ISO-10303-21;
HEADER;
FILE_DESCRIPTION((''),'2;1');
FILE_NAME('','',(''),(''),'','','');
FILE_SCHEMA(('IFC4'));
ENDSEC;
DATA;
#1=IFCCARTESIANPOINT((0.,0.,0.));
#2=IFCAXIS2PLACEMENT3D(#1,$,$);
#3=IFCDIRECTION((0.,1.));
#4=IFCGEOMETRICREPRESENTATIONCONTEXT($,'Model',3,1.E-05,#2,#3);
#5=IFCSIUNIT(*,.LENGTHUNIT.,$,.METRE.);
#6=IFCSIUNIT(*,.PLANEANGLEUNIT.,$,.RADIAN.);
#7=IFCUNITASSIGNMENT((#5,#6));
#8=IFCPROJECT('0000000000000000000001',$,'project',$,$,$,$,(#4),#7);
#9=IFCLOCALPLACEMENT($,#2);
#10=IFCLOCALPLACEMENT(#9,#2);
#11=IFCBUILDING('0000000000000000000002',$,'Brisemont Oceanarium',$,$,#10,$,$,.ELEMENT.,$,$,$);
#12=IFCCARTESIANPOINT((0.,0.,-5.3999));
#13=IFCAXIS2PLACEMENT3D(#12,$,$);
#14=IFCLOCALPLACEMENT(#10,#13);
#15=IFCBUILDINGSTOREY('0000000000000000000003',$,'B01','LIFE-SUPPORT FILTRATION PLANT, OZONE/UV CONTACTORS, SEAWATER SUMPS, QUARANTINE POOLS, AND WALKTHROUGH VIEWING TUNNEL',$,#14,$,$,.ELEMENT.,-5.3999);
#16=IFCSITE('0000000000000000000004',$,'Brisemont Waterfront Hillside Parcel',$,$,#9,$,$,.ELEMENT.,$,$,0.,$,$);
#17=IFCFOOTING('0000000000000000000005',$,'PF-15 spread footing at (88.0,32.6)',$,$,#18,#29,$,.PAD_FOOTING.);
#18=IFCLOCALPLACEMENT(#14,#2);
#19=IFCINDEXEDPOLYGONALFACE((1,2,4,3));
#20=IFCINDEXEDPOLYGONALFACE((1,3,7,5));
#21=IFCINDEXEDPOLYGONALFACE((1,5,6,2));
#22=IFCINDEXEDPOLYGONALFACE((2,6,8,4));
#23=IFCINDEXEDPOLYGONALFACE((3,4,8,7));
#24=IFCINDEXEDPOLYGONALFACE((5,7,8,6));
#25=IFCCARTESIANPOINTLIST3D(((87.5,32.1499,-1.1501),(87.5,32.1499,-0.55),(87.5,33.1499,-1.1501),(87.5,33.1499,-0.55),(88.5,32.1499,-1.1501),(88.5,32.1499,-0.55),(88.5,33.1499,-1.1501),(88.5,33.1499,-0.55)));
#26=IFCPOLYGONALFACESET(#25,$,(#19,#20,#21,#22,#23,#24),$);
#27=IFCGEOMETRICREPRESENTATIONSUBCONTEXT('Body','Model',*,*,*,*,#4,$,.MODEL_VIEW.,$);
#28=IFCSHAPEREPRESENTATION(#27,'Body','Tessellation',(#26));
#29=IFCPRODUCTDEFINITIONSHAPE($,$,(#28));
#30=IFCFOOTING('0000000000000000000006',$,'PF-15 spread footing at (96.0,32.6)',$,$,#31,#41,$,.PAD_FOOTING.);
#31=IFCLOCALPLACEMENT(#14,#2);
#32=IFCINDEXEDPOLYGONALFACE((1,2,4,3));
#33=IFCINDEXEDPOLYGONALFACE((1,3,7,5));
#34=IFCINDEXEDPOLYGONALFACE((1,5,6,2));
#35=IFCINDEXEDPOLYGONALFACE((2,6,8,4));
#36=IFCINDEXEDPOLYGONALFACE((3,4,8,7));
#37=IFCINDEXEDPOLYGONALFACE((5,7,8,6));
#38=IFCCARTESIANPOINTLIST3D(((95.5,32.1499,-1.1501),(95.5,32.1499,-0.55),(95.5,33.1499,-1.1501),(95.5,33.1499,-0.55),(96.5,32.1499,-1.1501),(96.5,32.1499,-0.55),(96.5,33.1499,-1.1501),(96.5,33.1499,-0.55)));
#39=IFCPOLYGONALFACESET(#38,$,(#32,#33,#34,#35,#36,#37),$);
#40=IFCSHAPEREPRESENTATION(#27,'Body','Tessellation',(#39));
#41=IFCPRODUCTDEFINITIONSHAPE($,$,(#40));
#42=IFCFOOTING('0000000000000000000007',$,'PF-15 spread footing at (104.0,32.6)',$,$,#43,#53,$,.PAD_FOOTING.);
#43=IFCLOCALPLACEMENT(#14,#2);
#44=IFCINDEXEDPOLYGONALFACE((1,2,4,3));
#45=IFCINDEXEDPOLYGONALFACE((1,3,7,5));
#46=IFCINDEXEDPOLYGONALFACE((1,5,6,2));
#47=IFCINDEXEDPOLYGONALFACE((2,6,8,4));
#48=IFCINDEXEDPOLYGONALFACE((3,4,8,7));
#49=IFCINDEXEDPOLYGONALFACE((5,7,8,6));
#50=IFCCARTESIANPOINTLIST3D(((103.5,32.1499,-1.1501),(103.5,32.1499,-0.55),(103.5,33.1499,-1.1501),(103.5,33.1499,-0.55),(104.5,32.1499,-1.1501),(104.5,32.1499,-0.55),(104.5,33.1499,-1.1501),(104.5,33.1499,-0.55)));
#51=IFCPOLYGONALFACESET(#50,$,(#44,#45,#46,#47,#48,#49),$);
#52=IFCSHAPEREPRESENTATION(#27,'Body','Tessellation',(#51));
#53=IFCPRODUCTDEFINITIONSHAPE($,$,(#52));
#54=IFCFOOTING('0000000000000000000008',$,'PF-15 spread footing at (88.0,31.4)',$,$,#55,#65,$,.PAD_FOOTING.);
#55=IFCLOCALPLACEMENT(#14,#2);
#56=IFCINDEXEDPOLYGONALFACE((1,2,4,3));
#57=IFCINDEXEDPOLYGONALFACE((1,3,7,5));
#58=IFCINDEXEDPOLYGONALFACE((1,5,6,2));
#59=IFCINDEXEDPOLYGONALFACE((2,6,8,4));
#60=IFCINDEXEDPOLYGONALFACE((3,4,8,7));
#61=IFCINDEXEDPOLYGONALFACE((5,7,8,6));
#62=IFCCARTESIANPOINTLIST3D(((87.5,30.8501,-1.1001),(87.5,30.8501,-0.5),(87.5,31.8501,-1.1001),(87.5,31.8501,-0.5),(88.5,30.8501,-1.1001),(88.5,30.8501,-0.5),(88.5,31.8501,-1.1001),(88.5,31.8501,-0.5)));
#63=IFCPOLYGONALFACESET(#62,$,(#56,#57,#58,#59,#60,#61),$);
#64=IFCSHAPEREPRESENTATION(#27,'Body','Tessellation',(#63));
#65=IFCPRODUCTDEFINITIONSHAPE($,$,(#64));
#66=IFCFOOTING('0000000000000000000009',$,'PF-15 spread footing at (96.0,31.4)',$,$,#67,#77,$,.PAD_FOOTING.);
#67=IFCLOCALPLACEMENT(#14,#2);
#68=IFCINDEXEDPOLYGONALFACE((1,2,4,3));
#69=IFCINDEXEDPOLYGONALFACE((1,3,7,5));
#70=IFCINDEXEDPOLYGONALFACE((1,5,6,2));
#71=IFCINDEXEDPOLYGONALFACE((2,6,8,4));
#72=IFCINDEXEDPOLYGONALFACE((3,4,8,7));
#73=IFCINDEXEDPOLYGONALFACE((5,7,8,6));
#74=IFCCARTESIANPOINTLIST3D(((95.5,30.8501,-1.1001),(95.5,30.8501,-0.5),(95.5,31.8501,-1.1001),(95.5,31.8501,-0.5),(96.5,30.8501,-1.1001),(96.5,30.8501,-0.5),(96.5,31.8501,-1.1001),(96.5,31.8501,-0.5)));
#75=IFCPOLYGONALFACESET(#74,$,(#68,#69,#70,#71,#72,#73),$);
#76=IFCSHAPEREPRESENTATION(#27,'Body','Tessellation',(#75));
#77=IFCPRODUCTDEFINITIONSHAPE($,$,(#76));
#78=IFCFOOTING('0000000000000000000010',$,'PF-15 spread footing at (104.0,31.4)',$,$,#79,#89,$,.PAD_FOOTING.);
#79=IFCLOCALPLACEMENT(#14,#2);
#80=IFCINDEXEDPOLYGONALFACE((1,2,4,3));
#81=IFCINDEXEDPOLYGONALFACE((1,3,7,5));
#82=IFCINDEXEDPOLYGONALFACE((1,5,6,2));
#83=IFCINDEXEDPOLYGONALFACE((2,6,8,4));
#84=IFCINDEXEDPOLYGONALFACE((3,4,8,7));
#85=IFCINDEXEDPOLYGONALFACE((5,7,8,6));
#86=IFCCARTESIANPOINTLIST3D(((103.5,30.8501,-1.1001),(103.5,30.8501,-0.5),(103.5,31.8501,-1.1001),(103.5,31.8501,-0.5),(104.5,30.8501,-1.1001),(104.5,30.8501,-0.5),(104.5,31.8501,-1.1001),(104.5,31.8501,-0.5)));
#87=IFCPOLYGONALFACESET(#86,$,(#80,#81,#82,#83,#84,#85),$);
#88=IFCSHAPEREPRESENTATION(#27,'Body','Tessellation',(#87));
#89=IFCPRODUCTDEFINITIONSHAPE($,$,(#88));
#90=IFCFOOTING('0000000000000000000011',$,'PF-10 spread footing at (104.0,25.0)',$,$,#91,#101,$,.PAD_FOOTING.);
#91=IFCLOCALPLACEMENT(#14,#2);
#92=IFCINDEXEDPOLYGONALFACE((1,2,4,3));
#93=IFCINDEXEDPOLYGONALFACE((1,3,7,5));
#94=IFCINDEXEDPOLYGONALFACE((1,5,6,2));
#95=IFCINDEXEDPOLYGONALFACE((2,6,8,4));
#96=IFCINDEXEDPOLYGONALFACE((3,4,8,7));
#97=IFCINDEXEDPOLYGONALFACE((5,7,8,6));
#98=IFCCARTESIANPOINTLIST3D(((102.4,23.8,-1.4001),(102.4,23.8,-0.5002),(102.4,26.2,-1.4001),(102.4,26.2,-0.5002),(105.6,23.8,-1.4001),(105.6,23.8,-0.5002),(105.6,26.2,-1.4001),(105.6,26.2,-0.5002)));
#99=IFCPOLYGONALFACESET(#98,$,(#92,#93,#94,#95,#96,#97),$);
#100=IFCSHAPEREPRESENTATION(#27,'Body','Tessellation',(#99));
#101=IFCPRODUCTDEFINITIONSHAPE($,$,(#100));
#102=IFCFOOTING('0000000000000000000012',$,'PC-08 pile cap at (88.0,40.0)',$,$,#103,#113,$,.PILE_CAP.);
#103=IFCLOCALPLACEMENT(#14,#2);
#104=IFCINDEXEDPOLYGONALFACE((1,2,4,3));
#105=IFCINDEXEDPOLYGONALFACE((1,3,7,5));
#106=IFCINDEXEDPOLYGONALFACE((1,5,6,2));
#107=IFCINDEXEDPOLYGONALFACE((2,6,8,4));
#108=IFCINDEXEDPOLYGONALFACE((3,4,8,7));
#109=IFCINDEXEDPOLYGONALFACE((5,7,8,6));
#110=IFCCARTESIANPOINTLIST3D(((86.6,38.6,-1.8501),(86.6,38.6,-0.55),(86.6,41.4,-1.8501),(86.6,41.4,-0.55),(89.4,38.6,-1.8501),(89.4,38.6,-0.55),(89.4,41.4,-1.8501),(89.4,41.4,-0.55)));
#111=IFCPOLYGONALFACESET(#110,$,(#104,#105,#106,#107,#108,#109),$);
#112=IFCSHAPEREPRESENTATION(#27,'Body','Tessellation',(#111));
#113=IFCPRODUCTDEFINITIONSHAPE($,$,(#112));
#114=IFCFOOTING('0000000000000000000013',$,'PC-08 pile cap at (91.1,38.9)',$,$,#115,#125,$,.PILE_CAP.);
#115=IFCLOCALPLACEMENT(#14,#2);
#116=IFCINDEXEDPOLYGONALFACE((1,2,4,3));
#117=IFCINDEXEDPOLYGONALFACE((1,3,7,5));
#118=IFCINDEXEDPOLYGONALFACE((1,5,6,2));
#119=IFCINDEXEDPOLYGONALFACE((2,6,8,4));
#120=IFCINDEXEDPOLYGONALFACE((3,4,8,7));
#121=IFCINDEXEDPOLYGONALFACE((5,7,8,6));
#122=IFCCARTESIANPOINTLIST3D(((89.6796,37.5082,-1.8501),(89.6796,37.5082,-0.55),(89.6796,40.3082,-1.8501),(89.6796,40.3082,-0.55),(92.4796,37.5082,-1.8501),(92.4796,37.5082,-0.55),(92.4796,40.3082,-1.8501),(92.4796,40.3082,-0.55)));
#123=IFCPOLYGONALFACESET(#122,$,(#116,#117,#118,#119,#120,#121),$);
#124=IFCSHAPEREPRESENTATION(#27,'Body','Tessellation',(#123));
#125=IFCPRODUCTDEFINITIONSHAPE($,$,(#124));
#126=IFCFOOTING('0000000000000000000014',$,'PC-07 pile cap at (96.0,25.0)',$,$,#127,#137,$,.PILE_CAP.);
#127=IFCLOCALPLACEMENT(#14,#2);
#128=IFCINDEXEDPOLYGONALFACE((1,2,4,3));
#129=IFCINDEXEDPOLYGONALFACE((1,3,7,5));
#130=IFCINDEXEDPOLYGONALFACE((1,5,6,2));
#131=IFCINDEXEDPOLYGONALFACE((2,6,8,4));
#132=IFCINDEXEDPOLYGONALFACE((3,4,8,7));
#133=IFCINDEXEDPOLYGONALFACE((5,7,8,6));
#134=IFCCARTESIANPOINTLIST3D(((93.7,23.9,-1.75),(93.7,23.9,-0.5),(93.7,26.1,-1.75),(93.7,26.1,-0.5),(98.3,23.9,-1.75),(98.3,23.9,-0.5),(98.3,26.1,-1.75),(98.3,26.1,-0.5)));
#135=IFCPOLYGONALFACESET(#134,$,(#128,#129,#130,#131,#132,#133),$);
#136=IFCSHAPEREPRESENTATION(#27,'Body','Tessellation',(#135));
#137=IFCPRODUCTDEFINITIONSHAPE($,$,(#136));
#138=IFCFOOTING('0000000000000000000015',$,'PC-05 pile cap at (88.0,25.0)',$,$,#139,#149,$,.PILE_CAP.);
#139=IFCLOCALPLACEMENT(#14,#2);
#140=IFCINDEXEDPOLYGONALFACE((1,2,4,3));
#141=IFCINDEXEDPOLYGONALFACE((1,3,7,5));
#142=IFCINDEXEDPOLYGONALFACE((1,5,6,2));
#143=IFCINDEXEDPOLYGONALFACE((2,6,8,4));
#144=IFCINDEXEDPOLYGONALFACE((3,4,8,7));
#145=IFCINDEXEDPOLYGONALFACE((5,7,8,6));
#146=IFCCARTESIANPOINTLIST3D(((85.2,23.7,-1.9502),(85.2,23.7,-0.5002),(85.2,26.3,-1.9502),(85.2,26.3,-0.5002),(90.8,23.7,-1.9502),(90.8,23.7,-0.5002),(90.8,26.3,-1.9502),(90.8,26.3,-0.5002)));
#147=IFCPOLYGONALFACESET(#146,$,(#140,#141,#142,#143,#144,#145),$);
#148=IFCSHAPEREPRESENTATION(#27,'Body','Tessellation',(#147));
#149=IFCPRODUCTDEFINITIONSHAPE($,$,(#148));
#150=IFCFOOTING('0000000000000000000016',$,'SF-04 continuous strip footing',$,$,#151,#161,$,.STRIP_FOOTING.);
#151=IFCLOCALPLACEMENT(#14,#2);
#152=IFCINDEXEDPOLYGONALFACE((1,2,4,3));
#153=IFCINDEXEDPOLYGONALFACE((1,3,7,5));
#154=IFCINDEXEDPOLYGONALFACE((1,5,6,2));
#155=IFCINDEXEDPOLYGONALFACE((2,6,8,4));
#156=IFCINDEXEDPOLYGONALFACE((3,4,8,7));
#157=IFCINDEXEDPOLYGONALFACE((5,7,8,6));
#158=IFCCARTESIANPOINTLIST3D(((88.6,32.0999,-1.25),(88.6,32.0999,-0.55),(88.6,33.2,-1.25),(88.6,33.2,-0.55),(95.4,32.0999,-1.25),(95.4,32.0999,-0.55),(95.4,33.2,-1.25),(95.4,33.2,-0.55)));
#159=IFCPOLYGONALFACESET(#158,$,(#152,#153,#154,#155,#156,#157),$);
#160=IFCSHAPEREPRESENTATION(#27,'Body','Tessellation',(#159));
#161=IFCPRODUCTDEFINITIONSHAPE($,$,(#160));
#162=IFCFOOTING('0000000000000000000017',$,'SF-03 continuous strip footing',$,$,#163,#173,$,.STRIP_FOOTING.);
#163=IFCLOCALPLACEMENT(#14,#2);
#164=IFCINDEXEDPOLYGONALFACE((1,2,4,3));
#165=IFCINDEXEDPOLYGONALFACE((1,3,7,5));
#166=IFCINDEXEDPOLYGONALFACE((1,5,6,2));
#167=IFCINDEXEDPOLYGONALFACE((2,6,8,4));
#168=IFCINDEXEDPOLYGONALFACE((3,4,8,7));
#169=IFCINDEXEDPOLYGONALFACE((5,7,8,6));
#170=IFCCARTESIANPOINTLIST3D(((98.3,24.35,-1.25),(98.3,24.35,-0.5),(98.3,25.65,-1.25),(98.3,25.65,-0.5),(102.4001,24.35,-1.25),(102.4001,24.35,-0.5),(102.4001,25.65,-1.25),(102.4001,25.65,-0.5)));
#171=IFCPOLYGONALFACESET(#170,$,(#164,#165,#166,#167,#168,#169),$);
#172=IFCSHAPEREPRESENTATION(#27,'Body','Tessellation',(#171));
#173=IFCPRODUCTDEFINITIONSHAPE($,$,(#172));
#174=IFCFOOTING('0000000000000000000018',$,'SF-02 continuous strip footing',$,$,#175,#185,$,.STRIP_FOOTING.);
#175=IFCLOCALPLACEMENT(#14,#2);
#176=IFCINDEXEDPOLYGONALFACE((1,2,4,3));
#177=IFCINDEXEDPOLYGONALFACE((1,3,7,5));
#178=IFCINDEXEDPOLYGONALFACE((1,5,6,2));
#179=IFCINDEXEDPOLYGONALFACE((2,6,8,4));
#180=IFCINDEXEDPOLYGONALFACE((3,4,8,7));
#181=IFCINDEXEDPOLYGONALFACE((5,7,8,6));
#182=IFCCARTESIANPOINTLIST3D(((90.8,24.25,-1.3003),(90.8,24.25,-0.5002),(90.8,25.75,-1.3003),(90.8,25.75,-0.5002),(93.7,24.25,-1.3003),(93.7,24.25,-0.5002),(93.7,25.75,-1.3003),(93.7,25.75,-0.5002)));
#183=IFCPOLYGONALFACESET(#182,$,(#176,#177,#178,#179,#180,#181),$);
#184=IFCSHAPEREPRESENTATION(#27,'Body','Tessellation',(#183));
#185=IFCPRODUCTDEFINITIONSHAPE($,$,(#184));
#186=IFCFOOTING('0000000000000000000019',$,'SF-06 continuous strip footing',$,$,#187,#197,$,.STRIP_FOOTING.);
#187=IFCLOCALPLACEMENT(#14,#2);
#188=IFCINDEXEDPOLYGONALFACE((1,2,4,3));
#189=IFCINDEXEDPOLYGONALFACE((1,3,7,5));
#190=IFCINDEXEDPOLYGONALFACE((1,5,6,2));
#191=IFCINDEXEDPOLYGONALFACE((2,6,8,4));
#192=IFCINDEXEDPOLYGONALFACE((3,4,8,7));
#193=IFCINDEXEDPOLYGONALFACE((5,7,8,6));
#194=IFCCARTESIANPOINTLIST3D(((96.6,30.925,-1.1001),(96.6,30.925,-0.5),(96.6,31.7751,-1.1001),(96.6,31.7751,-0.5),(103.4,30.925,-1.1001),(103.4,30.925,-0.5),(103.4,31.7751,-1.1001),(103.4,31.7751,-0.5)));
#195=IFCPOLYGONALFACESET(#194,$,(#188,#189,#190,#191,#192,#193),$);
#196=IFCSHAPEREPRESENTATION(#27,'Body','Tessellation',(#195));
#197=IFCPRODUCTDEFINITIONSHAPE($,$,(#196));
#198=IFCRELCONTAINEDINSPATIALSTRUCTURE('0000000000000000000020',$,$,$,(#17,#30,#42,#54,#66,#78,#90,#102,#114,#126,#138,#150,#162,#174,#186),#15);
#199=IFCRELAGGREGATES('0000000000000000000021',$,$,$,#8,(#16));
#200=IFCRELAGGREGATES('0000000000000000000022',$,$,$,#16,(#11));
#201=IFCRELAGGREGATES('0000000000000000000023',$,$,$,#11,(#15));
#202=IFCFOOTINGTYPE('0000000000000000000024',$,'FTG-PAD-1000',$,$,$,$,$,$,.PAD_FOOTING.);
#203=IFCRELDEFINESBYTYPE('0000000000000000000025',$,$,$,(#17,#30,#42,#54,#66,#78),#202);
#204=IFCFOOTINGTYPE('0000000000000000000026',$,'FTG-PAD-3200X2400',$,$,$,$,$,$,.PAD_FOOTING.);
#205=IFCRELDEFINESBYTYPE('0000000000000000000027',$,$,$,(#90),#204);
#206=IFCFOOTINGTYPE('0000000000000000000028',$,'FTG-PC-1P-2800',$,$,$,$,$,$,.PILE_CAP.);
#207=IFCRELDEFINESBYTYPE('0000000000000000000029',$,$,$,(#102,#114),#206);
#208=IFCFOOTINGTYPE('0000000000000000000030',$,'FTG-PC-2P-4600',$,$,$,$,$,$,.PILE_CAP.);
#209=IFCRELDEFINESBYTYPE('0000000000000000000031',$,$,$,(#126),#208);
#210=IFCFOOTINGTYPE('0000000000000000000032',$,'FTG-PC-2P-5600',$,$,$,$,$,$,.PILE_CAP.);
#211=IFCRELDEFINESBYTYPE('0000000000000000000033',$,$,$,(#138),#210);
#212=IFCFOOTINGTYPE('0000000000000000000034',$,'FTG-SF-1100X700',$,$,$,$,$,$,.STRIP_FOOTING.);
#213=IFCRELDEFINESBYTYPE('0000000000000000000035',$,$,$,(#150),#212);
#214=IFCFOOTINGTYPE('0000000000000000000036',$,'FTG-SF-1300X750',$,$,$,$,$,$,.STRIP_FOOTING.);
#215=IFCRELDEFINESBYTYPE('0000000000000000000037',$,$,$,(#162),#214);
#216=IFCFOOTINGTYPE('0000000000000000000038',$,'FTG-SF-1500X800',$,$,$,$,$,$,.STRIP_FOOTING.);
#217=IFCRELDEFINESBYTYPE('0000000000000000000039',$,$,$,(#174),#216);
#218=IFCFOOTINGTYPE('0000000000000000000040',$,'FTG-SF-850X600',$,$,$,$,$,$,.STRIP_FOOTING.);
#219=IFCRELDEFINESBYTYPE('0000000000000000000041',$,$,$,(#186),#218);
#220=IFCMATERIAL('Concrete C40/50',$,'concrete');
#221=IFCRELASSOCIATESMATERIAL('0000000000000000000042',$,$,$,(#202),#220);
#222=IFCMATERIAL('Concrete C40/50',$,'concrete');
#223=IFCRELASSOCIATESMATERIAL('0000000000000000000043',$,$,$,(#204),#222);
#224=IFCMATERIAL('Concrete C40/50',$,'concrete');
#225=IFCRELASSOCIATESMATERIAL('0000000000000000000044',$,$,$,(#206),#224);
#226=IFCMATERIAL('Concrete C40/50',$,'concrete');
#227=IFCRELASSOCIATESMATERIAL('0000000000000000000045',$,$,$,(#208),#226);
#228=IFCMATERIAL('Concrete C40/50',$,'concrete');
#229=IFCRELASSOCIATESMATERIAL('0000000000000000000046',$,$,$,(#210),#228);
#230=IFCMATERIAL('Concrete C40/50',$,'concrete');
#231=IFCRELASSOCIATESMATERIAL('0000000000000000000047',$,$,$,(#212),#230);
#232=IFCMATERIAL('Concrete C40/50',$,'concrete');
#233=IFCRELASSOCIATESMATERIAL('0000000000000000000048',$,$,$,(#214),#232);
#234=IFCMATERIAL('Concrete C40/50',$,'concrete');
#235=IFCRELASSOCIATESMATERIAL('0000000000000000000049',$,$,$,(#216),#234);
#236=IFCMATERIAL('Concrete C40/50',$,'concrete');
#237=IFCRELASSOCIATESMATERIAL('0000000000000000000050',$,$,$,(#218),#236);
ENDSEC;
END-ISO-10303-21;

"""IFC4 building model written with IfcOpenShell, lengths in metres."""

from ifc_helpers import new_model, si_unit, direction, frame, origin, origin_2d, place, context, subcontext, project, spatial, rectangle, extrude, material, type_object, element, save


model = new_model("IFC4")

# Units and contexts
model_context = context("Model", 3, precision=1e-05, world=origin(), true_north=direction((0.0, 1.0)))
body_context = subcontext(model_context, "Body", "Model", "MODEL_VIEW")
ifc_project = project(units=[si_unit("LENGTHUNIT", "METRE"), si_unit("PLANEANGLEUNIT", "RADIAN")], contexts=[model_context])

# Site, building, storey
site_placement = place(None, origin())
site = spatial("IfcSite", under=ifc_project, at=site_placement, Name="Brisemont Waterfront Hillside Parcel", CompositionType="ELEMENT", RefElevation=0.0)
building_placement = place(site_placement, origin())
building = spatial("IfcBuilding", under=site, at=building_placement, Name="Brisemont Oceanarium", CompositionType="ELEMENT")
storey_placement = place(building_placement, frame((0.0, 0.0, -5.3999)))
storey = spatial("IfcBuildingStorey", under=building, at=storey_placement, Name="B01", Description="LIFE-SUPPORT FILTRATION PLANT, OZONE/UV CONTACTORS, SEAWATER SUMPS, QUARANTINE POOLS, AND WALKTHROUGH VIEWING TUNNEL", CompositionType="ELEMENT", Elevation=-5.3999)

# Footings
ifc_material_1 = material(Name="Concrete C40/50", Category="concrete")
footing_type_1 = type_object("IfcFootingType", Name="FTG-PAD-1000", PredefinedType="PAD_FOOTING", material=ifc_material_1)
for number, where, z_axis, x_axis, name in (
    (1, (88.0, 32.6499, -1.1501), (0.0, 0.0, 1.0), (1.0, 0.0, 0.0), "PF-15 spread footing at (88.0,32.6)"),
    (2, (96.0, 32.6499, -1.1501), (0.0, 0.0, 1.0), (1.0, 0.0, 0.0), "PF-15 spread footing at (96.0,32.6)"),
    (3, (104.0, 32.6499, -1.1501), (0.0, 0.0, 1.0), (1.0, 0.0, 0.0), "PF-15 spread footing at (104.0,32.6)"),
    (4, (88.0, 31.3501, -1.1001), (0.0, 0.0, 1.0), (1.0, 0.0, 0.0), "PF-15 spread footing at (88.0,31.4)"),
    (5, (96.0, 31.3501, -1.1001), (0.0, 0.0, 1.0), (1.0, 0.0, 0.0), "PF-15 spread footing at (96.0,31.4)"),
    (6, (104.0, 31.3501, -1.1001), (0.0, 0.0, 1.0), (1.0, 0.0, 0.0), "PF-15 spread footing at (104.0,31.4)"),
):
    element("IfcFooting", number, at=place(storey_placement, frame(where, z_axis=z_axis, x_axis=x_axis)), inside=storey, type_object=footing_type_1, Name=name, PredefinedType="PAD_FOOTING", context=body_context, shape_type="SweptSolid", body=[
        extrude(rectangle(XDim=1.0, YDim=1.0, at=origin_2d()), origin(), (0.0, 0.0, 1.0), 0.6001),
    ])
ifc_material_2 = material(Name="Concrete C40/50", Category="concrete")
footing_type_2 = type_object("IfcFootingType", Name="FTG-PAD-3200X2400", PredefinedType="PAD_FOOTING", material=ifc_material_2)
footing_1_placement = place(storey_placement, frame((104.0, 25.0, -1.4001), z_axis=(0.0, 0.0, 1.0), x_axis=(1.0, 0.0, 0.0)))
element("IfcFooting", 7, at=footing_1_placement, inside=storey, type_object=footing_type_2, Name="PF-10 spread footing at (104.0,25.0)", PredefinedType="PAD_FOOTING", context=body_context, shape_type="SweptSolid", body=[
    extrude(rectangle(XDim=3.2, YDim=2.3999, at=origin_2d()), origin(), (0.0, 0.0, 1.0), 0.8999),
])
ifc_material_3 = material(Name="Concrete C40/50", Category="concrete")
footing_type_3 = type_object("IfcFootingType", Name="FTG-PC-1P-2800", PredefinedType="PILE_CAP", material=ifc_material_3)
for number, where, z_axis, x_axis, name in (
    (8, (88.0, 40.0, -1.8501), (0.0, 0.0, 1.0), (1.0, 0.0, 0.0), "PC-08 pile cap at (88.0,40.0)"),
    (9, (91.0796, 38.9082, -1.8501), (0.0, 0.0, 1.0), (1.0, 0.0, 0.0), "PC-08 pile cap at (91.1,38.9)"),
):
    element("IfcFooting", number, at=place(storey_placement, frame(where, z_axis=z_axis, x_axis=x_axis)), inside=storey, type_object=footing_type_3, Name=name, PredefinedType="PILE_CAP", context=body_context, shape_type="SweptSolid", body=[
        extrude(rectangle(XDim=2.8, YDim=2.8, at=origin_2d()), origin(), (0.0, 0.0, 1.0), 1.3),
    ])
ifc_material_4 = material(Name="Concrete C40/50", Category="concrete")
footing_type_4 = type_object("IfcFootingType", Name="FTG-PC-2P-4600", PredefinedType="PILE_CAP", material=ifc_material_4)
footing_2_placement = place(storey_placement, frame((96.0, 25.0, -1.75), z_axis=(0.0, 0.0, 1.0), x_axis=(1.0, 0.0, 0.0)))
element("IfcFooting", 10, at=footing_2_placement, inside=storey, type_object=footing_type_4, Name="PC-07 pile cap at (96.0,25.0)", PredefinedType="PILE_CAP", context=body_context, shape_type="SweptSolid", body=[
    extrude(rectangle(XDim=4.6001, YDim=2.2, at=origin_2d()), origin(), (0.0, 0.0, 1.0), 1.25),
])
ifc_material_5 = material(Name="Concrete C40/50", Category="concrete")
footing_type_5 = type_object("IfcFootingType", Name="FTG-PC-2P-5600", PredefinedType="PILE_CAP", material=ifc_material_5)
footing_3_placement = place(storey_placement, frame((88.0, 25.0, -1.9502), z_axis=(0.0, 0.0, 1.0), x_axis=(1.0, 0.0, 0.0)))
element("IfcFooting", 11, at=footing_3_placement, inside=storey, type_object=footing_type_5, Name="PC-05 pile cap at (88.0,25.0)", PredefinedType="PILE_CAP", context=body_context, shape_type="SweptSolid", body=[
    extrude(rectangle(XDim=5.6001, YDim=2.6001, at=origin_2d()), origin(), (0.0, 0.0, 1.0), 1.45),
])
ifc_material_6 = material(Name="Concrete C40/50", Category="concrete")
footing_type_6 = type_object("IfcFootingType", Name="FTG-SF-1100X700", PredefinedType="STRIP_FOOTING", material=ifc_material_6)
footing_4_placement = place(storey_placement, frame((92.0, 32.6499, -1.25), z_axis=(0.0, 0.0, 1.0), x_axis=(1.0, 0.0, 0.0)))
element("IfcFooting", 12, at=footing_4_placement, inside=storey, type_object=footing_type_6, Name="SF-04 continuous strip footing", PredefinedType="STRIP_FOOTING", context=body_context, shape_type="SweptSolid", body=[
    extrude(rectangle(XDim=6.8, YDim=1.1001, at=origin_2d()), origin(), (0.0, 0.0, 1.0), 0.7),
])
ifc_material_7 = material(Name="Concrete C40/50", Category="concrete")
footing_type_7 = type_object("IfcFootingType", Name="FTG-SF-1300X750", PredefinedType="STRIP_FOOTING", material=ifc_material_7)
footing_5_placement = place(storey_placement, frame((100.3501, 25.0, -1.25), z_axis=(0.0, 0.0, 1.0), x_axis=(1.0, 0.0, 0.0)))
element("IfcFooting", 13, at=footing_5_placement, inside=storey, type_object=footing_type_7, Name="SF-03 continuous strip footing", PredefinedType="STRIP_FOOTING", context=body_context, shape_type="SweptSolid", body=[
    extrude(rectangle(XDim=4.1001, YDim=1.3, at=origin_2d()), origin(), (0.0, 0.0, 1.0), 0.75),
])
ifc_material_8 = material(Name="Concrete C40/50", Category="concrete")
footing_type_8 = type_object("IfcFootingType", Name="FTG-SF-1500X800", PredefinedType="STRIP_FOOTING", material=ifc_material_8)
footing_6_placement = place(storey_placement, frame((92.25, 25.0, -1.3003), z_axis=(0.0, 0.0, 1.0), x_axis=(1.0, 0.0, 0.0)))
element("IfcFooting", 14, at=footing_6_placement, inside=storey, type_object=footing_type_8, Name="SF-02 continuous strip footing", PredefinedType="STRIP_FOOTING", context=body_context, shape_type="SweptSolid", body=[
    extrude(rectangle(XDim=2.8999, YDim=1.5, at=origin_2d()), origin(), (0.0, 0.0, 1.0), 0.8),
])
ifc_material_9 = material(Name="Concrete C40/50", Category="concrete")
footing_type_9 = type_object("IfcFootingType", Name="FTG-SF-850X600", PredefinedType="STRIP_FOOTING", material=ifc_material_9)
footing_7_placement = place(storey_placement, frame((100.0, 31.3501, -1.1001), z_axis=(0.0, 0.0, 1.0), x_axis=(1.0, 0.0, 0.0)))
element("IfcFooting", 15, at=footing_7_placement, inside=storey, type_object=footing_type_9, Name="SF-06 continuous strip footing", PredefinedType="STRIP_FOOTING", context=body_context, shape_type="SweptSolid", body=[
    extrude(rectangle(XDim=6.8, YDim=0.8501, at=origin_2d()), origin(), (0.0, 0.0, 1.0), 0.6001),
])

save(model, "model.ifc")
